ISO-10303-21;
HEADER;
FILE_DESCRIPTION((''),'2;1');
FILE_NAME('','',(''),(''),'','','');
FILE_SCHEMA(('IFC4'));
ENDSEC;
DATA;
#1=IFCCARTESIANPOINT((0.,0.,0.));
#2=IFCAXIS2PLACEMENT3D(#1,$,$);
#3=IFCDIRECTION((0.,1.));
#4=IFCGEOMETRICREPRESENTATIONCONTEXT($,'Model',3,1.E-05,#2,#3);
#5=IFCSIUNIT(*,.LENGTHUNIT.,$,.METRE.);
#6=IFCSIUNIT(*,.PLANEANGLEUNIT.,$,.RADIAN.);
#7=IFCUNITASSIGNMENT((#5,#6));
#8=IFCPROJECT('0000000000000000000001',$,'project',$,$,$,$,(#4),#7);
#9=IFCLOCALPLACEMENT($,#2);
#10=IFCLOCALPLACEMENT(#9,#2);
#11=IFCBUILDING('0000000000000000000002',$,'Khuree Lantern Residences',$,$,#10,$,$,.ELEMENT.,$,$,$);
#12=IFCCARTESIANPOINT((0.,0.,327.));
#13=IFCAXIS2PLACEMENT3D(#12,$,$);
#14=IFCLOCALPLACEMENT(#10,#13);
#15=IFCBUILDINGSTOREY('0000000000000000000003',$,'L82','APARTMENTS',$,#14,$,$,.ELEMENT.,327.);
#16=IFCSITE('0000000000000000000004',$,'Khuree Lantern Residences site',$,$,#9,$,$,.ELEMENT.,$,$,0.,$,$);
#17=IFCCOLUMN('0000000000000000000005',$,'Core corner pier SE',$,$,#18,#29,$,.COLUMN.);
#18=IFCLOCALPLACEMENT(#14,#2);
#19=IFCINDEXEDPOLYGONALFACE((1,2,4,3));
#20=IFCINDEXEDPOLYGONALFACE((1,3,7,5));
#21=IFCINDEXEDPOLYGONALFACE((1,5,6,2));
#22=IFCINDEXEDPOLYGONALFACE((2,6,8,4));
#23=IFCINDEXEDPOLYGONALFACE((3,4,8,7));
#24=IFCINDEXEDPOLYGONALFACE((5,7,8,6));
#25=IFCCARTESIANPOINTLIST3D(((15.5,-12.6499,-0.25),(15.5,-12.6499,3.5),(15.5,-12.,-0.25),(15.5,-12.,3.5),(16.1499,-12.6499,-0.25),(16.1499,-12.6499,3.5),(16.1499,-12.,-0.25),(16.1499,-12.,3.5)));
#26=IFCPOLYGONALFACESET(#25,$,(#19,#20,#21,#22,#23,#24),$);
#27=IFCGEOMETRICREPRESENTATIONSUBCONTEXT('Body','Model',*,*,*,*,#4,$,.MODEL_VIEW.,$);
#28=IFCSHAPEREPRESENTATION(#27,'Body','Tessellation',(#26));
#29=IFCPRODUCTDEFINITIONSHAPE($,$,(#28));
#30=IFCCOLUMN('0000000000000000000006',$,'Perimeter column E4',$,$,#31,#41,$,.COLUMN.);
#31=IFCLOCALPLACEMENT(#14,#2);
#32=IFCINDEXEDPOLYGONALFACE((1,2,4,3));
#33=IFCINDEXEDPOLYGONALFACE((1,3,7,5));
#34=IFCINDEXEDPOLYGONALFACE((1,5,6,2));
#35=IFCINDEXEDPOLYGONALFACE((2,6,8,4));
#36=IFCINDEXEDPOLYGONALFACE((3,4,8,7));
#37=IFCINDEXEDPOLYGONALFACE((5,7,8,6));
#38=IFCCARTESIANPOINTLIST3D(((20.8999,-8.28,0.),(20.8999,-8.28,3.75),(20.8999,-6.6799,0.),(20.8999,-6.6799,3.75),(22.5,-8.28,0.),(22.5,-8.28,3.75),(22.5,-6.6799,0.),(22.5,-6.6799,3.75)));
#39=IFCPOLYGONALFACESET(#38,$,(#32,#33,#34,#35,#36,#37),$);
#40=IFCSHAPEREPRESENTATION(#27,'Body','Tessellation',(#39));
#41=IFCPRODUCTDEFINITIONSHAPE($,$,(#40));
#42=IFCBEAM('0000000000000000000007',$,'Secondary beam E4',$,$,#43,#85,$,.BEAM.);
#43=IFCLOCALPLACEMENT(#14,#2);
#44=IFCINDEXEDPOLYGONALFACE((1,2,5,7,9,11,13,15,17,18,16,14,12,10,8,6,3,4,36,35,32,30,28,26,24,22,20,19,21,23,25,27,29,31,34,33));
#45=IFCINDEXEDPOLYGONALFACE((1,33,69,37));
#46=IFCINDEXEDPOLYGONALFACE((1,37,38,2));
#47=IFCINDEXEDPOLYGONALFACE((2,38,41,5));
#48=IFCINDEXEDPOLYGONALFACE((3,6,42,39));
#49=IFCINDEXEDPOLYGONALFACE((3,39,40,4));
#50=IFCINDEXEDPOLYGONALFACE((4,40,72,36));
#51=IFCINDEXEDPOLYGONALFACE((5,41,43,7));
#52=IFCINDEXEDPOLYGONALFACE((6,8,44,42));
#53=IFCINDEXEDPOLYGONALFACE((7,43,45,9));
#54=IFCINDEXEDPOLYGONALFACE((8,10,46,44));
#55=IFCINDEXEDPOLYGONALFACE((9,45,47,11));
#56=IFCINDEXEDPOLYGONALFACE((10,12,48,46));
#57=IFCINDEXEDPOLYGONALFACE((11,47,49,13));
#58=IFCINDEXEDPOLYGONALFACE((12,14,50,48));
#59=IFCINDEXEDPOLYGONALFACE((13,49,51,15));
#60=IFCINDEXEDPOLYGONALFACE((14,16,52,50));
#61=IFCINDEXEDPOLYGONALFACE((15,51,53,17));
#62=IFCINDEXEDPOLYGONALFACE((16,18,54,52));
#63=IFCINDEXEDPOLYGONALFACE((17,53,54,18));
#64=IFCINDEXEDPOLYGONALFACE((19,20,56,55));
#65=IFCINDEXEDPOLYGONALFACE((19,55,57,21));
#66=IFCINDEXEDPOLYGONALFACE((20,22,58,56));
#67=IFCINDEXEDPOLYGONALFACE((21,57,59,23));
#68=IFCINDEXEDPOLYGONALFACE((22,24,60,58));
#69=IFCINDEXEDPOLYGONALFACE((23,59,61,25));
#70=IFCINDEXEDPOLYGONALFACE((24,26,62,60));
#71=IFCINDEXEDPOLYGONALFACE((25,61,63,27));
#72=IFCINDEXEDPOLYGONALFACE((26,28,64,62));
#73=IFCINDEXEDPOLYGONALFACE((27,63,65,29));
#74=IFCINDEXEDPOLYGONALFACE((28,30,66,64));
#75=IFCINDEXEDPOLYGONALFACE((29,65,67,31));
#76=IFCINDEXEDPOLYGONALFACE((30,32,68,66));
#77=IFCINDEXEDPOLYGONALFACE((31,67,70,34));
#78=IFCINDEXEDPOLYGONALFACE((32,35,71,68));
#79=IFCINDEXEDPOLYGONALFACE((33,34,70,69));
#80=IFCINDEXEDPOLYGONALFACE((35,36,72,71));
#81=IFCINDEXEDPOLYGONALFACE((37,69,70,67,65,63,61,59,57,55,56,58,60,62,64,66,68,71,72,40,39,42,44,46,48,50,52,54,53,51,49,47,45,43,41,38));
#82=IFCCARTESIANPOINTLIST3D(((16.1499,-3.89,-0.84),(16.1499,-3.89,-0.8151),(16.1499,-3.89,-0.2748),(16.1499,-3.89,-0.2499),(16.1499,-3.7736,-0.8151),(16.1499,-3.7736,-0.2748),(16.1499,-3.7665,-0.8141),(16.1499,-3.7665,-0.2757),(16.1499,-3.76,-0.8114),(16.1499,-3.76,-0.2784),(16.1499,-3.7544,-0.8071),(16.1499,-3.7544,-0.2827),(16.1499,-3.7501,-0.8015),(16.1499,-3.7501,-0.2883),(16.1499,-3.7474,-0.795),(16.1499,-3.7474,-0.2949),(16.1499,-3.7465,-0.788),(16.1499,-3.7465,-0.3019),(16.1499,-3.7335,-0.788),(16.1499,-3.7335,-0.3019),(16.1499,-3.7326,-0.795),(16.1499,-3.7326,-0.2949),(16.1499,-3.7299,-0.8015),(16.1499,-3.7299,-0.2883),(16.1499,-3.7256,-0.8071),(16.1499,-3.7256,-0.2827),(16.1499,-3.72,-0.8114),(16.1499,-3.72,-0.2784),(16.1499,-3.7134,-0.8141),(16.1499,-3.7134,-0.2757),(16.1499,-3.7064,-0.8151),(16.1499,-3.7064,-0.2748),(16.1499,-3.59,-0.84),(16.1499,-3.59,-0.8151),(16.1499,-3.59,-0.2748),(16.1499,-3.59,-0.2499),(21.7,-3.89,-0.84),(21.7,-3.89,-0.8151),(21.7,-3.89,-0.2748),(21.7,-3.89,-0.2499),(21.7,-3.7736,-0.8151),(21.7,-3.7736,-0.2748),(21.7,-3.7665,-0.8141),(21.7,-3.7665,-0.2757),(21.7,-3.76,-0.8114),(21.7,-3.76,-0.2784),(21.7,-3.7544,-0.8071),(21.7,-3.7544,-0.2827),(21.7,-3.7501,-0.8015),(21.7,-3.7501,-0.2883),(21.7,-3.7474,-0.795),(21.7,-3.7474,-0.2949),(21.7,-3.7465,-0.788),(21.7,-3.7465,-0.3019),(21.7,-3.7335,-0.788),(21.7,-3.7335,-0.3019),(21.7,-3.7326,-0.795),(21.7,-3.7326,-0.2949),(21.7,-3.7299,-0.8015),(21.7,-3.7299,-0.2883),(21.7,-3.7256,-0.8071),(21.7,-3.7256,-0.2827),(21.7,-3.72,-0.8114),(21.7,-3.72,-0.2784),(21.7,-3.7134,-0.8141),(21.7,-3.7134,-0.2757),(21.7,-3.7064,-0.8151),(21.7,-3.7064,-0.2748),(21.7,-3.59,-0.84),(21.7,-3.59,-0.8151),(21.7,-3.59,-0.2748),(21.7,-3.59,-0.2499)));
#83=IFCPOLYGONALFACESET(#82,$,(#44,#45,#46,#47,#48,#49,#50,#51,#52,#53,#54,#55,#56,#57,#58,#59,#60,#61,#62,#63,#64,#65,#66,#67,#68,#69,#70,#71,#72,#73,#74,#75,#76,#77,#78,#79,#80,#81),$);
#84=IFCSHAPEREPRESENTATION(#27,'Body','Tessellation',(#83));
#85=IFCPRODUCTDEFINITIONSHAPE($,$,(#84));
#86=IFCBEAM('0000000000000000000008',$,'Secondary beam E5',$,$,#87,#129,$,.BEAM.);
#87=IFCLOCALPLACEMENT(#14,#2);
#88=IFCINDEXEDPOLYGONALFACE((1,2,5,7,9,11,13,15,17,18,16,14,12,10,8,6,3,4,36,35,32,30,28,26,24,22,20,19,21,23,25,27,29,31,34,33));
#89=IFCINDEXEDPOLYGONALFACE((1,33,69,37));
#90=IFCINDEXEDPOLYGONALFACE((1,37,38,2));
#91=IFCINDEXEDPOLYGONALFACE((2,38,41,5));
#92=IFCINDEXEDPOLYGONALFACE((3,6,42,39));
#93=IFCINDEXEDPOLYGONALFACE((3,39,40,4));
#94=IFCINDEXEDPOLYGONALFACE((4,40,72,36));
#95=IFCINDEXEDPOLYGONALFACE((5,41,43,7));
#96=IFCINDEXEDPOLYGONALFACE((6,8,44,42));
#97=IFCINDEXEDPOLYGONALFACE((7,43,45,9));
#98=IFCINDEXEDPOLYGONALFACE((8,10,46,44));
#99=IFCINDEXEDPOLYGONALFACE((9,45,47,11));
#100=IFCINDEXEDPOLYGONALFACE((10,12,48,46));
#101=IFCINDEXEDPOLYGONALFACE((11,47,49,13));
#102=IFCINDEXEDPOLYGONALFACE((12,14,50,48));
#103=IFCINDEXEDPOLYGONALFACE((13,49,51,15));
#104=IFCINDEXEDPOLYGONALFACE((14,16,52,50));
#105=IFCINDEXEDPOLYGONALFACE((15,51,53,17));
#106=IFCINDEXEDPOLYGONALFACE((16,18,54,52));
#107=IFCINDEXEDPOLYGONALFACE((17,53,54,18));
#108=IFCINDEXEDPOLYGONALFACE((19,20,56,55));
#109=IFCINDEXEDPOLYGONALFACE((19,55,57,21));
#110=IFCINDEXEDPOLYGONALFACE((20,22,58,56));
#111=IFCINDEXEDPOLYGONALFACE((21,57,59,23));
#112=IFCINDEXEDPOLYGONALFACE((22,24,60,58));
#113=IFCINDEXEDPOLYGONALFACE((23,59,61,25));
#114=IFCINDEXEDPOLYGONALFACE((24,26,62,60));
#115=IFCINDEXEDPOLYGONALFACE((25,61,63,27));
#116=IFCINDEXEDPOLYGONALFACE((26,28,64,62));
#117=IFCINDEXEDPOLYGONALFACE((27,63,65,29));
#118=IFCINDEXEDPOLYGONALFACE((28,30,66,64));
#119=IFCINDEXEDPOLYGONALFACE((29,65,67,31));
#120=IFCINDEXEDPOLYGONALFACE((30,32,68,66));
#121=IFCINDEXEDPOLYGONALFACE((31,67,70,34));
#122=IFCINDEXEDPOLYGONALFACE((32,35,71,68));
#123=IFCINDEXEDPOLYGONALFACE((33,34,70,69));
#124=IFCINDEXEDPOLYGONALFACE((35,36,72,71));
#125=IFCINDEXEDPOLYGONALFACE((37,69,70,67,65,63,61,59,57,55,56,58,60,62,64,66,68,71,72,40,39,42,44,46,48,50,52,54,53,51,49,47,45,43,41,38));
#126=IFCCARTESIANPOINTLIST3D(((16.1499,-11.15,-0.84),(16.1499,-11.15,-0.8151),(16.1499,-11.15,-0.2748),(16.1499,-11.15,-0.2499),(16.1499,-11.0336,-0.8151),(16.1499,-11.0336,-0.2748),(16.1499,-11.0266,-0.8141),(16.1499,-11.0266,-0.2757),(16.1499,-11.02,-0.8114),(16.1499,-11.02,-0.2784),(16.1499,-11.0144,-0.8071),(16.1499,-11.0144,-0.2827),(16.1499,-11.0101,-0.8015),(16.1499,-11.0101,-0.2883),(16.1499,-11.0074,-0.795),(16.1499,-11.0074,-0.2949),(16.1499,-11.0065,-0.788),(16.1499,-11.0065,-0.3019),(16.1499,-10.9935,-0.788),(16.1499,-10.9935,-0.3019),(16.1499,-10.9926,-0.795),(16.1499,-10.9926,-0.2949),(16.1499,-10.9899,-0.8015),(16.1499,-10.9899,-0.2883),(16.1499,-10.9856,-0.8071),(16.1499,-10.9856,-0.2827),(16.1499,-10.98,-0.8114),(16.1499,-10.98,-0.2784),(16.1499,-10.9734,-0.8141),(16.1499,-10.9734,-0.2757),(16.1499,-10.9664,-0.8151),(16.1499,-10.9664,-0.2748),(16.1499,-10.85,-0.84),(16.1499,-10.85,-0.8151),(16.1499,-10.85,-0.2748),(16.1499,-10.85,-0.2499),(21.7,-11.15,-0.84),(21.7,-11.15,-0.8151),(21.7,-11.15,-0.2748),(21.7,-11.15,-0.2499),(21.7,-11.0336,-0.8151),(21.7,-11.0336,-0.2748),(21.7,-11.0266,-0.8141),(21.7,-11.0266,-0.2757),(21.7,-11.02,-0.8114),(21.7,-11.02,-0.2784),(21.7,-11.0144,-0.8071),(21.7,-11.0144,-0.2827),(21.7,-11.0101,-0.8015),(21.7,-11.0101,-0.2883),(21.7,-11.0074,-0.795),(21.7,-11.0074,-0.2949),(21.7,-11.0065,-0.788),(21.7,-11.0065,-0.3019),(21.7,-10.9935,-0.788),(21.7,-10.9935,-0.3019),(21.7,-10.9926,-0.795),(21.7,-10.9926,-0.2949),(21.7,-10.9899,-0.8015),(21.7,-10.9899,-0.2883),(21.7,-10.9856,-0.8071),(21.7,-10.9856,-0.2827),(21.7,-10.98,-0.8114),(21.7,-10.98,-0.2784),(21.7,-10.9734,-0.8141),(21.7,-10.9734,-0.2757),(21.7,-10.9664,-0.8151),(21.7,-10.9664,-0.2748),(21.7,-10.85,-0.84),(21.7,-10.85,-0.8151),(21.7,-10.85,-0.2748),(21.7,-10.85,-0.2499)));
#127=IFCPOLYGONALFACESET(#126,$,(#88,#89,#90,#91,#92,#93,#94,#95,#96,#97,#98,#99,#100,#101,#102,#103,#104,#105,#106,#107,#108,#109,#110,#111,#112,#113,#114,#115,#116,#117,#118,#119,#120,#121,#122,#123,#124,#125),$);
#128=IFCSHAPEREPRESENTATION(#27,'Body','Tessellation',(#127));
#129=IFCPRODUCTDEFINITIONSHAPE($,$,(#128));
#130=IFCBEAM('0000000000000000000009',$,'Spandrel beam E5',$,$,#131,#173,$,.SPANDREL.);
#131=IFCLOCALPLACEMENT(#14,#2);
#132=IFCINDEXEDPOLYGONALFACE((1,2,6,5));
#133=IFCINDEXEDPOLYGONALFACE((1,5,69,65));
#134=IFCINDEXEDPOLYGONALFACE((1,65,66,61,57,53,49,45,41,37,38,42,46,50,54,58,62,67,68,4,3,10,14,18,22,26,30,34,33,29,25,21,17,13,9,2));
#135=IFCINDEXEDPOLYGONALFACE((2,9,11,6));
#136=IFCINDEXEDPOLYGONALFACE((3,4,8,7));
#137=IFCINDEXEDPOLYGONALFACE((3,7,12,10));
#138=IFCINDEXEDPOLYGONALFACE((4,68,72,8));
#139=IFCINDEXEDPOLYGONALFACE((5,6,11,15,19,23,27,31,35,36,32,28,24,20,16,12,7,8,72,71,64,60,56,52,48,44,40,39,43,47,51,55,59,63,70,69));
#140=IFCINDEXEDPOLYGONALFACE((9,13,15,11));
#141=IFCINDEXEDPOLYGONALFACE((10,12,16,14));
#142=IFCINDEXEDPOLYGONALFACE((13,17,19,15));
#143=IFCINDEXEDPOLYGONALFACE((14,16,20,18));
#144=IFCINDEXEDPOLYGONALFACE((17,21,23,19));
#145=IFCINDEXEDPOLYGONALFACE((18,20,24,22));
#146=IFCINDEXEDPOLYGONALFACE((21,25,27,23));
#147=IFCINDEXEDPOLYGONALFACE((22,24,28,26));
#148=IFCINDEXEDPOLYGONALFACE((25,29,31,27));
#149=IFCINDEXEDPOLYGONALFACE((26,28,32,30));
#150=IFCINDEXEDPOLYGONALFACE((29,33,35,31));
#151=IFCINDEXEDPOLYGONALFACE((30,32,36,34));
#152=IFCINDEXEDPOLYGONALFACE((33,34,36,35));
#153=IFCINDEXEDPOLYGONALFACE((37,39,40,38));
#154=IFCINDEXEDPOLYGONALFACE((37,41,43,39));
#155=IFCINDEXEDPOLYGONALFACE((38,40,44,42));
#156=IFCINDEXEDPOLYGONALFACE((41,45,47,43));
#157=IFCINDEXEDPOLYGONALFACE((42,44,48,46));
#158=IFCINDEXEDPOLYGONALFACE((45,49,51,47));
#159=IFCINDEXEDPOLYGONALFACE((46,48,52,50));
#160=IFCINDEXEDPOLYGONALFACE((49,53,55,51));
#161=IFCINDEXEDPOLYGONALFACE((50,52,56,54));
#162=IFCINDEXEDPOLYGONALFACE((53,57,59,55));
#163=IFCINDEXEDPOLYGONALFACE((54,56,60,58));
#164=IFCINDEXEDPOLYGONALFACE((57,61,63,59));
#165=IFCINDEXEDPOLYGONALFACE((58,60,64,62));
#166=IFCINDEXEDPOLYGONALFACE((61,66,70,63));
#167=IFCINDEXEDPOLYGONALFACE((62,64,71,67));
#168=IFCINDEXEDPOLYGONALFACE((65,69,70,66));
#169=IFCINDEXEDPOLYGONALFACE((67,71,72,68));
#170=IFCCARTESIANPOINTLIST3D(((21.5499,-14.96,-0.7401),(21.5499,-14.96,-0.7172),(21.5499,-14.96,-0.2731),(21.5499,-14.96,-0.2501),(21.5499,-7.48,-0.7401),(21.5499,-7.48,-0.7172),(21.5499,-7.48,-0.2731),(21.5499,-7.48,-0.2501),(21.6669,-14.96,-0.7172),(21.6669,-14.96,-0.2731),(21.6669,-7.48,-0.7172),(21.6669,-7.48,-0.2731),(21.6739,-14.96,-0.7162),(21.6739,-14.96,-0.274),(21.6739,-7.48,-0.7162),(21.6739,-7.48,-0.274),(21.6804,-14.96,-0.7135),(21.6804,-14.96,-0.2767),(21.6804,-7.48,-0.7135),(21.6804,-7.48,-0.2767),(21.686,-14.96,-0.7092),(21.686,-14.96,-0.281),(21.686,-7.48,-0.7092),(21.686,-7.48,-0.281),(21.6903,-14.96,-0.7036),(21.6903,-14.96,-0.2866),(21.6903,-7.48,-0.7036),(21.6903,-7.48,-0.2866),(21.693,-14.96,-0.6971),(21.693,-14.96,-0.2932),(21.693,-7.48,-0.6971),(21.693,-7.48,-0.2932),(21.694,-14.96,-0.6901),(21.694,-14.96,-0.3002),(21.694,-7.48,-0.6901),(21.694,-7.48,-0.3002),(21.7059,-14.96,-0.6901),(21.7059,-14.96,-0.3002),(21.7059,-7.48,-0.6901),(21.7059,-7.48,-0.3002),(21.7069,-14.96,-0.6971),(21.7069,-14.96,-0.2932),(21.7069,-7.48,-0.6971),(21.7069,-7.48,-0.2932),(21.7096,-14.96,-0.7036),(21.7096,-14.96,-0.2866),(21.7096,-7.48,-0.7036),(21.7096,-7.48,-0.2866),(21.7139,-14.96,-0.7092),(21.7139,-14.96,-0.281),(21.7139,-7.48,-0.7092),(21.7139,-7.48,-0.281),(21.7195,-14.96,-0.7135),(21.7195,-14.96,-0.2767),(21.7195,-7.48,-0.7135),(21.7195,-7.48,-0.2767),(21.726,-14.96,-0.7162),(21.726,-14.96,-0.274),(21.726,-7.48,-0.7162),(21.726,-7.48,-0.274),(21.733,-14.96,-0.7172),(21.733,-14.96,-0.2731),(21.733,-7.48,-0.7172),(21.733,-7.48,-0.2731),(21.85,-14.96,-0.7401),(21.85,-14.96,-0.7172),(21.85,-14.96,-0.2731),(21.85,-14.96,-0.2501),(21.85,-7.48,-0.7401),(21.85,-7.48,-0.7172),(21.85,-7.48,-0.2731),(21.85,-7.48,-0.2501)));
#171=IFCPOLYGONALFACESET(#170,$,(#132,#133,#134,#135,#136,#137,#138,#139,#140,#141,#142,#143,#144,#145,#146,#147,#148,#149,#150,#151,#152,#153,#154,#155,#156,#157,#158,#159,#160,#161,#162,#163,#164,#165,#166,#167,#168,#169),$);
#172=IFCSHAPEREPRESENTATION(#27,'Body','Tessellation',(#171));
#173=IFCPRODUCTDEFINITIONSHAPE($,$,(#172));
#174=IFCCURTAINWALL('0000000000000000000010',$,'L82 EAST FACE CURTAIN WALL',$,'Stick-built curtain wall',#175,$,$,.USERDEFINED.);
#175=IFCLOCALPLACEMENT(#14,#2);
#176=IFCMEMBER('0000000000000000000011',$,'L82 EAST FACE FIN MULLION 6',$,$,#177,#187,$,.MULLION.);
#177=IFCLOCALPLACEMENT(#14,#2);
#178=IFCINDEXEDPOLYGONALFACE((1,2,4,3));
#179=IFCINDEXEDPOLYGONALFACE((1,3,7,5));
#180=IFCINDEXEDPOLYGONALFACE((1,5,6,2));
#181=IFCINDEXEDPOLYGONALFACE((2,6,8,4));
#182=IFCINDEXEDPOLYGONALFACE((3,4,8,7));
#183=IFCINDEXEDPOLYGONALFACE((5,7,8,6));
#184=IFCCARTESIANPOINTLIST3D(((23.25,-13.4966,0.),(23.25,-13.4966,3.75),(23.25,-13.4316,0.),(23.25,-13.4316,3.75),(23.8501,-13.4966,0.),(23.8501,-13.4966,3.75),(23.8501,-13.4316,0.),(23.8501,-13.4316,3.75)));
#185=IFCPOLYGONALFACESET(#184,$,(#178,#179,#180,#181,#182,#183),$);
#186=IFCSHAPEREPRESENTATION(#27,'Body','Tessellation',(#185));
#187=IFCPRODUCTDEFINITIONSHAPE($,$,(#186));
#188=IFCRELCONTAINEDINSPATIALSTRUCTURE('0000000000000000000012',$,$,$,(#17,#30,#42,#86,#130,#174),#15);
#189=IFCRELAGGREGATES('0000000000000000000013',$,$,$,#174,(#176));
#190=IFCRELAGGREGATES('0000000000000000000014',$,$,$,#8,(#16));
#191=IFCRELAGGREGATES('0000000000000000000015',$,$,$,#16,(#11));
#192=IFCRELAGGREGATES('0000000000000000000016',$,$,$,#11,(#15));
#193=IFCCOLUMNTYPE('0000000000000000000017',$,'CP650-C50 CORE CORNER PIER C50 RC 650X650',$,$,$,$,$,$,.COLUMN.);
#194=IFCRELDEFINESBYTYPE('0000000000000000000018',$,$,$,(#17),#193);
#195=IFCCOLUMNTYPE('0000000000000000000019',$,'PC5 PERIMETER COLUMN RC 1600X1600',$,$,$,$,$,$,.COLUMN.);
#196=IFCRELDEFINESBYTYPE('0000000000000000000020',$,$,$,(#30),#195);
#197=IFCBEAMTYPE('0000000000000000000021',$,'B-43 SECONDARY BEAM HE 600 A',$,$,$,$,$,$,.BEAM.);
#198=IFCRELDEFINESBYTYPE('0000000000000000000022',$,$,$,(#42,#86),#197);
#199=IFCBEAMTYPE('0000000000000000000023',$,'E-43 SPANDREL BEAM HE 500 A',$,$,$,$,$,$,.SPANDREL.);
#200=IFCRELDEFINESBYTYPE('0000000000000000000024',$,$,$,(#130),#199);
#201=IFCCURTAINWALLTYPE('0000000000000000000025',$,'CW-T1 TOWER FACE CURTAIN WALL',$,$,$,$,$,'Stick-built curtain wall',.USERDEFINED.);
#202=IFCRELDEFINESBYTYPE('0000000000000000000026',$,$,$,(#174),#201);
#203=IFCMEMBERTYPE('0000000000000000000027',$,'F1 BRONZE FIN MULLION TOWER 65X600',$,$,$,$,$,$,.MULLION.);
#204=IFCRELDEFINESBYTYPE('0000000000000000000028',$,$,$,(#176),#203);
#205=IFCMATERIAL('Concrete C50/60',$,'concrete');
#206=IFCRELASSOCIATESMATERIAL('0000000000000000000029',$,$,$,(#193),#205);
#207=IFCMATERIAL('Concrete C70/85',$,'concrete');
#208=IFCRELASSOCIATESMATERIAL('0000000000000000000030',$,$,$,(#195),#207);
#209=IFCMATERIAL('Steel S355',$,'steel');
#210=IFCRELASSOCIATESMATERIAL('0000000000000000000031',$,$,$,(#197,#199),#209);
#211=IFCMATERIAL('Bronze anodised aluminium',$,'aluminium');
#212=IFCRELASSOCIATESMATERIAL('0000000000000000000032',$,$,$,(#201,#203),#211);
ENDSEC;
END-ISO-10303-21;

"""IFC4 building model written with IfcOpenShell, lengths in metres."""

from ifc_helpers import new_model, si_unit, direction, frame, origin, origin_2d, place, context, subcontext, project, spatial, rectangle, i_section, extrude, material, material_profile, profile_set, type_object, element, aggregate, save


model = new_model("IFC4")

# Units and contexts
model_context = context("Model", 3, precision=1e-05, world=origin(), true_north=direction((0.0, 1.0)))
body_context = subcontext(model_context, "Body", "Model", "MODEL_VIEW")
ifc_project = project(units=[si_unit("LENGTHUNIT", "METRE"), si_unit("PLANEANGLEUNIT", "RADIAN")], contexts=[model_context])

# Site, building, storey
site_placement = place(None, origin())
site = spatial("IfcSite", under=ifc_project, at=site_placement, Name="Khuree Lantern Residences site", CompositionType="ELEMENT", RefElevation=0.0)
building_placement = place(site_placement, origin())
building = spatial("IfcBuilding", under=site, at=building_placement, Name="Khuree Lantern Residences", CompositionType="ELEMENT")
storey_placement = place(building_placement, frame((0.0, 0.0, 327.0)))
storey = spatial("IfcBuildingStorey", under=building, at=storey_placement, Name="L82", Description="APARTMENTS", CompositionType="ELEMENT", Elevation=327.0)

# Columns
ifc_material_1 = material(Name="Concrete C50/60", Category="concrete")
ifc_material_profile_1 = material_profile(ifc_material_1, rectangle(XDim=0.6499, YDim=0.6499, at=origin_2d()), Name="RC 650X650")
ifc_profile_set_1 = profile_set([ifc_material_profile_1], Name="Concrete C50/60")
column_type_1 = type_object("IfcColumnType", Name="CP650-C50 CORE CORNER PIER C50 RC 650X650", PredefinedType="COLUMN", material=ifc_profile_set_1)
column_1_placement = place(storey_placement, frame((15.825, -12.325, -0.25), z_axis=(0.0, 0.0, 1.0), x_axis=(1.0, 0.0, 0.0)))
element("IfcColumn", 1, at=column_1_placement, inside=storey, type_object=column_type_1, Name="Core corner pier SE", PredefinedType="COLUMN", context=body_context, shape_type="SweptSolid", body=[
    extrude(rectangle(XDim=0.6499, YDim=0.6499, at=origin_2d()), origin(), (0.0, 0.0, 1.0), 3.75),
])
ifc_material_2 = material(Name="Concrete C70/85", Category="concrete")
ifc_material_profile_2 = material_profile(ifc_material_2, rectangle(XDim=1.6001, YDim=1.6001, at=origin_2d()), Name="RC 1600X1600")
ifc_profile_set_2 = profile_set([ifc_material_profile_2], Name="Concrete C70/85")
column_type_2 = type_object("IfcColumnType", Name="PC5 PERIMETER COLUMN RC 1600X1600", PredefinedType="COLUMN", material=ifc_profile_set_2)
column_2_placement = place(storey_placement, frame((21.7, -7.48, 0.0), z_axis=(0.0, 0.0, 1.0), x_axis=(0.0, 1.0, 0.0)))
element("IfcColumn", 2, at=column_2_placement, inside=storey, type_object=column_type_2, Name="Perimeter column E4", PredefinedType="COLUMN", context=body_context, shape_type="SweptSolid", body=[
    extrude(rectangle(XDim=1.6001, YDim=1.6001, at=origin_2d()), origin(), (0.0, 0.0, 1.0), 3.75),
])

# Beams
ifc_material_3 = material(Name="Steel S355", Category="steel")
ifc_material_profile_3 = material_profile(ifc_material_3, i_section(OverallWidth=0.3, OverallDepth=0.5901, WebThickness=0.0129, FlangeThickness=0.0249, FilletRadius=0.0271, at=origin_2d()), Name="HE 600 A")
ifc_profile_set_3 = profile_set([ifc_material_profile_3], Name="Steel S355")
beam_type_1 = type_object("IfcBeamType", Name="B-43 SECONDARY BEAM HE 600 A", PredefinedType="BEAM", material=ifc_profile_set_3)
for number, where, z_axis, x_axis, name in (
    (3, (21.7, -3.74, -0.5449), (-1.0, 0.0, 0.0), (0.0, -1.0, 0.0), "Secondary beam E4"),
    (4, (21.7, -11.0, -0.5449), (-1.0, 0.0, 0.0), (0.0, -1.0, 0.0), "Secondary beam E5"),
):
    element("IfcBeam", number, at=place(storey_placement, frame(where, z_axis=z_axis, x_axis=x_axis)), inside=storey, type_object=beam_type_1, Name=name, PredefinedType="BEAM", context=body_context, shape_type="SweptSolid", body=[
        extrude(i_section(OverallWidth=0.3, OverallDepth=0.5901, WebThickness=0.0129, FlangeThickness=0.0249, FilletRadius=0.0271, at=origin_2d()), origin(), (0.0, 0.0, 1.0), 5.55),
    ])
ifc_material_profile_4 = material_profile(ifc_material_3, i_section(OverallWidth=0.3, OverallDepth=0.49, WebThickness=0.012, FlangeThickness=0.0229, FilletRadius=0.0271, at=origin_2d()), Name="HE 500 A")
ifc_profile_set_4 = profile_set([ifc_material_profile_4], Name="Steel S355")
beam_type_2 = type_object("IfcBeamType", Name="E-43 SPANDREL BEAM HE 500 A", PredefinedType="SPANDREL", material=ifc_profile_set_4)
beam_1_placement = place(storey_placement, frame((21.7, -7.48, -0.4951), z_axis=(0.0, -1.0, 0.0), x_axis=(1.0, 0.0, 0.0)))
element("IfcBeam", 5, at=beam_1_placement, inside=storey, type_object=beam_type_2, Name="Spandrel beam E5", PredefinedType="SPANDREL", context=body_context, shape_type="SweptSolid", body=[
    extrude(i_section(OverallWidth=0.3, OverallDepth=0.49, WebThickness=0.012, FlangeThickness=0.0229, FilletRadius=0.0271, at=origin_2d()), origin(), (0.0, 0.0, 1.0), 7.48),
])

# Curtain wall, member
ifc_material_4 = material(Name="Bronze anodised aluminium", Category="aluminium")
curtain_wall_type = type_object("IfcCurtainWallType", Name="CW-T1 TOWER FACE CURTAIN WALL", ElementType="Stick-built curtain wall", PredefinedType="USERDEFINED", material=ifc_material_4)
curtain_wall_placement = place(storey_placement, origin())
curtain_wall = element("IfcCurtainWall", 6, at=curtain_wall_placement, inside=storey, type_object=curtain_wall_type, Name="L82 EAST FACE CURTAIN WALL", ObjectType="Stick-built curtain wall", PredefinedType="USERDEFINED")
ifc_material_profile_5 = material_profile(ifc_material_4, rectangle(XDim=0.0649, YDim=0.6001, at=origin_2d()), Name="F1 65X600")
ifc_profile_set_5 = profile_set([ifc_material_profile_5], Name="Bronze anodised aluminium")
member_type_1 = type_object("IfcMemberType", Name="F1 BRONZE FIN MULLION TOWER 65X600", PredefinedType="MULLION", material=ifc_profile_set_5)
member_1_placement = place(storey_placement, frame((23.55, -13.4641, 0.0), z_axis=(0.0, 0.0, 1.0), x_axis=(0.0, 1.0, 0.0)))
member_1 = element("IfcMember", 7, at=member_1_placement, type_object=member_type_1, Name="L82 EAST FACE FIN MULLION 6", PredefinedType="MULLION", context=body_context, shape_type="SweptSolid", body=[
    extrude(rectangle(XDim=0.0649, YDim=0.6001, at=origin_2d()), origin(), (0.0, 0.0, 1.0), 3.75),
])

aggregate(curtain_wall, [member_1])

save(model, "model.ifc")
